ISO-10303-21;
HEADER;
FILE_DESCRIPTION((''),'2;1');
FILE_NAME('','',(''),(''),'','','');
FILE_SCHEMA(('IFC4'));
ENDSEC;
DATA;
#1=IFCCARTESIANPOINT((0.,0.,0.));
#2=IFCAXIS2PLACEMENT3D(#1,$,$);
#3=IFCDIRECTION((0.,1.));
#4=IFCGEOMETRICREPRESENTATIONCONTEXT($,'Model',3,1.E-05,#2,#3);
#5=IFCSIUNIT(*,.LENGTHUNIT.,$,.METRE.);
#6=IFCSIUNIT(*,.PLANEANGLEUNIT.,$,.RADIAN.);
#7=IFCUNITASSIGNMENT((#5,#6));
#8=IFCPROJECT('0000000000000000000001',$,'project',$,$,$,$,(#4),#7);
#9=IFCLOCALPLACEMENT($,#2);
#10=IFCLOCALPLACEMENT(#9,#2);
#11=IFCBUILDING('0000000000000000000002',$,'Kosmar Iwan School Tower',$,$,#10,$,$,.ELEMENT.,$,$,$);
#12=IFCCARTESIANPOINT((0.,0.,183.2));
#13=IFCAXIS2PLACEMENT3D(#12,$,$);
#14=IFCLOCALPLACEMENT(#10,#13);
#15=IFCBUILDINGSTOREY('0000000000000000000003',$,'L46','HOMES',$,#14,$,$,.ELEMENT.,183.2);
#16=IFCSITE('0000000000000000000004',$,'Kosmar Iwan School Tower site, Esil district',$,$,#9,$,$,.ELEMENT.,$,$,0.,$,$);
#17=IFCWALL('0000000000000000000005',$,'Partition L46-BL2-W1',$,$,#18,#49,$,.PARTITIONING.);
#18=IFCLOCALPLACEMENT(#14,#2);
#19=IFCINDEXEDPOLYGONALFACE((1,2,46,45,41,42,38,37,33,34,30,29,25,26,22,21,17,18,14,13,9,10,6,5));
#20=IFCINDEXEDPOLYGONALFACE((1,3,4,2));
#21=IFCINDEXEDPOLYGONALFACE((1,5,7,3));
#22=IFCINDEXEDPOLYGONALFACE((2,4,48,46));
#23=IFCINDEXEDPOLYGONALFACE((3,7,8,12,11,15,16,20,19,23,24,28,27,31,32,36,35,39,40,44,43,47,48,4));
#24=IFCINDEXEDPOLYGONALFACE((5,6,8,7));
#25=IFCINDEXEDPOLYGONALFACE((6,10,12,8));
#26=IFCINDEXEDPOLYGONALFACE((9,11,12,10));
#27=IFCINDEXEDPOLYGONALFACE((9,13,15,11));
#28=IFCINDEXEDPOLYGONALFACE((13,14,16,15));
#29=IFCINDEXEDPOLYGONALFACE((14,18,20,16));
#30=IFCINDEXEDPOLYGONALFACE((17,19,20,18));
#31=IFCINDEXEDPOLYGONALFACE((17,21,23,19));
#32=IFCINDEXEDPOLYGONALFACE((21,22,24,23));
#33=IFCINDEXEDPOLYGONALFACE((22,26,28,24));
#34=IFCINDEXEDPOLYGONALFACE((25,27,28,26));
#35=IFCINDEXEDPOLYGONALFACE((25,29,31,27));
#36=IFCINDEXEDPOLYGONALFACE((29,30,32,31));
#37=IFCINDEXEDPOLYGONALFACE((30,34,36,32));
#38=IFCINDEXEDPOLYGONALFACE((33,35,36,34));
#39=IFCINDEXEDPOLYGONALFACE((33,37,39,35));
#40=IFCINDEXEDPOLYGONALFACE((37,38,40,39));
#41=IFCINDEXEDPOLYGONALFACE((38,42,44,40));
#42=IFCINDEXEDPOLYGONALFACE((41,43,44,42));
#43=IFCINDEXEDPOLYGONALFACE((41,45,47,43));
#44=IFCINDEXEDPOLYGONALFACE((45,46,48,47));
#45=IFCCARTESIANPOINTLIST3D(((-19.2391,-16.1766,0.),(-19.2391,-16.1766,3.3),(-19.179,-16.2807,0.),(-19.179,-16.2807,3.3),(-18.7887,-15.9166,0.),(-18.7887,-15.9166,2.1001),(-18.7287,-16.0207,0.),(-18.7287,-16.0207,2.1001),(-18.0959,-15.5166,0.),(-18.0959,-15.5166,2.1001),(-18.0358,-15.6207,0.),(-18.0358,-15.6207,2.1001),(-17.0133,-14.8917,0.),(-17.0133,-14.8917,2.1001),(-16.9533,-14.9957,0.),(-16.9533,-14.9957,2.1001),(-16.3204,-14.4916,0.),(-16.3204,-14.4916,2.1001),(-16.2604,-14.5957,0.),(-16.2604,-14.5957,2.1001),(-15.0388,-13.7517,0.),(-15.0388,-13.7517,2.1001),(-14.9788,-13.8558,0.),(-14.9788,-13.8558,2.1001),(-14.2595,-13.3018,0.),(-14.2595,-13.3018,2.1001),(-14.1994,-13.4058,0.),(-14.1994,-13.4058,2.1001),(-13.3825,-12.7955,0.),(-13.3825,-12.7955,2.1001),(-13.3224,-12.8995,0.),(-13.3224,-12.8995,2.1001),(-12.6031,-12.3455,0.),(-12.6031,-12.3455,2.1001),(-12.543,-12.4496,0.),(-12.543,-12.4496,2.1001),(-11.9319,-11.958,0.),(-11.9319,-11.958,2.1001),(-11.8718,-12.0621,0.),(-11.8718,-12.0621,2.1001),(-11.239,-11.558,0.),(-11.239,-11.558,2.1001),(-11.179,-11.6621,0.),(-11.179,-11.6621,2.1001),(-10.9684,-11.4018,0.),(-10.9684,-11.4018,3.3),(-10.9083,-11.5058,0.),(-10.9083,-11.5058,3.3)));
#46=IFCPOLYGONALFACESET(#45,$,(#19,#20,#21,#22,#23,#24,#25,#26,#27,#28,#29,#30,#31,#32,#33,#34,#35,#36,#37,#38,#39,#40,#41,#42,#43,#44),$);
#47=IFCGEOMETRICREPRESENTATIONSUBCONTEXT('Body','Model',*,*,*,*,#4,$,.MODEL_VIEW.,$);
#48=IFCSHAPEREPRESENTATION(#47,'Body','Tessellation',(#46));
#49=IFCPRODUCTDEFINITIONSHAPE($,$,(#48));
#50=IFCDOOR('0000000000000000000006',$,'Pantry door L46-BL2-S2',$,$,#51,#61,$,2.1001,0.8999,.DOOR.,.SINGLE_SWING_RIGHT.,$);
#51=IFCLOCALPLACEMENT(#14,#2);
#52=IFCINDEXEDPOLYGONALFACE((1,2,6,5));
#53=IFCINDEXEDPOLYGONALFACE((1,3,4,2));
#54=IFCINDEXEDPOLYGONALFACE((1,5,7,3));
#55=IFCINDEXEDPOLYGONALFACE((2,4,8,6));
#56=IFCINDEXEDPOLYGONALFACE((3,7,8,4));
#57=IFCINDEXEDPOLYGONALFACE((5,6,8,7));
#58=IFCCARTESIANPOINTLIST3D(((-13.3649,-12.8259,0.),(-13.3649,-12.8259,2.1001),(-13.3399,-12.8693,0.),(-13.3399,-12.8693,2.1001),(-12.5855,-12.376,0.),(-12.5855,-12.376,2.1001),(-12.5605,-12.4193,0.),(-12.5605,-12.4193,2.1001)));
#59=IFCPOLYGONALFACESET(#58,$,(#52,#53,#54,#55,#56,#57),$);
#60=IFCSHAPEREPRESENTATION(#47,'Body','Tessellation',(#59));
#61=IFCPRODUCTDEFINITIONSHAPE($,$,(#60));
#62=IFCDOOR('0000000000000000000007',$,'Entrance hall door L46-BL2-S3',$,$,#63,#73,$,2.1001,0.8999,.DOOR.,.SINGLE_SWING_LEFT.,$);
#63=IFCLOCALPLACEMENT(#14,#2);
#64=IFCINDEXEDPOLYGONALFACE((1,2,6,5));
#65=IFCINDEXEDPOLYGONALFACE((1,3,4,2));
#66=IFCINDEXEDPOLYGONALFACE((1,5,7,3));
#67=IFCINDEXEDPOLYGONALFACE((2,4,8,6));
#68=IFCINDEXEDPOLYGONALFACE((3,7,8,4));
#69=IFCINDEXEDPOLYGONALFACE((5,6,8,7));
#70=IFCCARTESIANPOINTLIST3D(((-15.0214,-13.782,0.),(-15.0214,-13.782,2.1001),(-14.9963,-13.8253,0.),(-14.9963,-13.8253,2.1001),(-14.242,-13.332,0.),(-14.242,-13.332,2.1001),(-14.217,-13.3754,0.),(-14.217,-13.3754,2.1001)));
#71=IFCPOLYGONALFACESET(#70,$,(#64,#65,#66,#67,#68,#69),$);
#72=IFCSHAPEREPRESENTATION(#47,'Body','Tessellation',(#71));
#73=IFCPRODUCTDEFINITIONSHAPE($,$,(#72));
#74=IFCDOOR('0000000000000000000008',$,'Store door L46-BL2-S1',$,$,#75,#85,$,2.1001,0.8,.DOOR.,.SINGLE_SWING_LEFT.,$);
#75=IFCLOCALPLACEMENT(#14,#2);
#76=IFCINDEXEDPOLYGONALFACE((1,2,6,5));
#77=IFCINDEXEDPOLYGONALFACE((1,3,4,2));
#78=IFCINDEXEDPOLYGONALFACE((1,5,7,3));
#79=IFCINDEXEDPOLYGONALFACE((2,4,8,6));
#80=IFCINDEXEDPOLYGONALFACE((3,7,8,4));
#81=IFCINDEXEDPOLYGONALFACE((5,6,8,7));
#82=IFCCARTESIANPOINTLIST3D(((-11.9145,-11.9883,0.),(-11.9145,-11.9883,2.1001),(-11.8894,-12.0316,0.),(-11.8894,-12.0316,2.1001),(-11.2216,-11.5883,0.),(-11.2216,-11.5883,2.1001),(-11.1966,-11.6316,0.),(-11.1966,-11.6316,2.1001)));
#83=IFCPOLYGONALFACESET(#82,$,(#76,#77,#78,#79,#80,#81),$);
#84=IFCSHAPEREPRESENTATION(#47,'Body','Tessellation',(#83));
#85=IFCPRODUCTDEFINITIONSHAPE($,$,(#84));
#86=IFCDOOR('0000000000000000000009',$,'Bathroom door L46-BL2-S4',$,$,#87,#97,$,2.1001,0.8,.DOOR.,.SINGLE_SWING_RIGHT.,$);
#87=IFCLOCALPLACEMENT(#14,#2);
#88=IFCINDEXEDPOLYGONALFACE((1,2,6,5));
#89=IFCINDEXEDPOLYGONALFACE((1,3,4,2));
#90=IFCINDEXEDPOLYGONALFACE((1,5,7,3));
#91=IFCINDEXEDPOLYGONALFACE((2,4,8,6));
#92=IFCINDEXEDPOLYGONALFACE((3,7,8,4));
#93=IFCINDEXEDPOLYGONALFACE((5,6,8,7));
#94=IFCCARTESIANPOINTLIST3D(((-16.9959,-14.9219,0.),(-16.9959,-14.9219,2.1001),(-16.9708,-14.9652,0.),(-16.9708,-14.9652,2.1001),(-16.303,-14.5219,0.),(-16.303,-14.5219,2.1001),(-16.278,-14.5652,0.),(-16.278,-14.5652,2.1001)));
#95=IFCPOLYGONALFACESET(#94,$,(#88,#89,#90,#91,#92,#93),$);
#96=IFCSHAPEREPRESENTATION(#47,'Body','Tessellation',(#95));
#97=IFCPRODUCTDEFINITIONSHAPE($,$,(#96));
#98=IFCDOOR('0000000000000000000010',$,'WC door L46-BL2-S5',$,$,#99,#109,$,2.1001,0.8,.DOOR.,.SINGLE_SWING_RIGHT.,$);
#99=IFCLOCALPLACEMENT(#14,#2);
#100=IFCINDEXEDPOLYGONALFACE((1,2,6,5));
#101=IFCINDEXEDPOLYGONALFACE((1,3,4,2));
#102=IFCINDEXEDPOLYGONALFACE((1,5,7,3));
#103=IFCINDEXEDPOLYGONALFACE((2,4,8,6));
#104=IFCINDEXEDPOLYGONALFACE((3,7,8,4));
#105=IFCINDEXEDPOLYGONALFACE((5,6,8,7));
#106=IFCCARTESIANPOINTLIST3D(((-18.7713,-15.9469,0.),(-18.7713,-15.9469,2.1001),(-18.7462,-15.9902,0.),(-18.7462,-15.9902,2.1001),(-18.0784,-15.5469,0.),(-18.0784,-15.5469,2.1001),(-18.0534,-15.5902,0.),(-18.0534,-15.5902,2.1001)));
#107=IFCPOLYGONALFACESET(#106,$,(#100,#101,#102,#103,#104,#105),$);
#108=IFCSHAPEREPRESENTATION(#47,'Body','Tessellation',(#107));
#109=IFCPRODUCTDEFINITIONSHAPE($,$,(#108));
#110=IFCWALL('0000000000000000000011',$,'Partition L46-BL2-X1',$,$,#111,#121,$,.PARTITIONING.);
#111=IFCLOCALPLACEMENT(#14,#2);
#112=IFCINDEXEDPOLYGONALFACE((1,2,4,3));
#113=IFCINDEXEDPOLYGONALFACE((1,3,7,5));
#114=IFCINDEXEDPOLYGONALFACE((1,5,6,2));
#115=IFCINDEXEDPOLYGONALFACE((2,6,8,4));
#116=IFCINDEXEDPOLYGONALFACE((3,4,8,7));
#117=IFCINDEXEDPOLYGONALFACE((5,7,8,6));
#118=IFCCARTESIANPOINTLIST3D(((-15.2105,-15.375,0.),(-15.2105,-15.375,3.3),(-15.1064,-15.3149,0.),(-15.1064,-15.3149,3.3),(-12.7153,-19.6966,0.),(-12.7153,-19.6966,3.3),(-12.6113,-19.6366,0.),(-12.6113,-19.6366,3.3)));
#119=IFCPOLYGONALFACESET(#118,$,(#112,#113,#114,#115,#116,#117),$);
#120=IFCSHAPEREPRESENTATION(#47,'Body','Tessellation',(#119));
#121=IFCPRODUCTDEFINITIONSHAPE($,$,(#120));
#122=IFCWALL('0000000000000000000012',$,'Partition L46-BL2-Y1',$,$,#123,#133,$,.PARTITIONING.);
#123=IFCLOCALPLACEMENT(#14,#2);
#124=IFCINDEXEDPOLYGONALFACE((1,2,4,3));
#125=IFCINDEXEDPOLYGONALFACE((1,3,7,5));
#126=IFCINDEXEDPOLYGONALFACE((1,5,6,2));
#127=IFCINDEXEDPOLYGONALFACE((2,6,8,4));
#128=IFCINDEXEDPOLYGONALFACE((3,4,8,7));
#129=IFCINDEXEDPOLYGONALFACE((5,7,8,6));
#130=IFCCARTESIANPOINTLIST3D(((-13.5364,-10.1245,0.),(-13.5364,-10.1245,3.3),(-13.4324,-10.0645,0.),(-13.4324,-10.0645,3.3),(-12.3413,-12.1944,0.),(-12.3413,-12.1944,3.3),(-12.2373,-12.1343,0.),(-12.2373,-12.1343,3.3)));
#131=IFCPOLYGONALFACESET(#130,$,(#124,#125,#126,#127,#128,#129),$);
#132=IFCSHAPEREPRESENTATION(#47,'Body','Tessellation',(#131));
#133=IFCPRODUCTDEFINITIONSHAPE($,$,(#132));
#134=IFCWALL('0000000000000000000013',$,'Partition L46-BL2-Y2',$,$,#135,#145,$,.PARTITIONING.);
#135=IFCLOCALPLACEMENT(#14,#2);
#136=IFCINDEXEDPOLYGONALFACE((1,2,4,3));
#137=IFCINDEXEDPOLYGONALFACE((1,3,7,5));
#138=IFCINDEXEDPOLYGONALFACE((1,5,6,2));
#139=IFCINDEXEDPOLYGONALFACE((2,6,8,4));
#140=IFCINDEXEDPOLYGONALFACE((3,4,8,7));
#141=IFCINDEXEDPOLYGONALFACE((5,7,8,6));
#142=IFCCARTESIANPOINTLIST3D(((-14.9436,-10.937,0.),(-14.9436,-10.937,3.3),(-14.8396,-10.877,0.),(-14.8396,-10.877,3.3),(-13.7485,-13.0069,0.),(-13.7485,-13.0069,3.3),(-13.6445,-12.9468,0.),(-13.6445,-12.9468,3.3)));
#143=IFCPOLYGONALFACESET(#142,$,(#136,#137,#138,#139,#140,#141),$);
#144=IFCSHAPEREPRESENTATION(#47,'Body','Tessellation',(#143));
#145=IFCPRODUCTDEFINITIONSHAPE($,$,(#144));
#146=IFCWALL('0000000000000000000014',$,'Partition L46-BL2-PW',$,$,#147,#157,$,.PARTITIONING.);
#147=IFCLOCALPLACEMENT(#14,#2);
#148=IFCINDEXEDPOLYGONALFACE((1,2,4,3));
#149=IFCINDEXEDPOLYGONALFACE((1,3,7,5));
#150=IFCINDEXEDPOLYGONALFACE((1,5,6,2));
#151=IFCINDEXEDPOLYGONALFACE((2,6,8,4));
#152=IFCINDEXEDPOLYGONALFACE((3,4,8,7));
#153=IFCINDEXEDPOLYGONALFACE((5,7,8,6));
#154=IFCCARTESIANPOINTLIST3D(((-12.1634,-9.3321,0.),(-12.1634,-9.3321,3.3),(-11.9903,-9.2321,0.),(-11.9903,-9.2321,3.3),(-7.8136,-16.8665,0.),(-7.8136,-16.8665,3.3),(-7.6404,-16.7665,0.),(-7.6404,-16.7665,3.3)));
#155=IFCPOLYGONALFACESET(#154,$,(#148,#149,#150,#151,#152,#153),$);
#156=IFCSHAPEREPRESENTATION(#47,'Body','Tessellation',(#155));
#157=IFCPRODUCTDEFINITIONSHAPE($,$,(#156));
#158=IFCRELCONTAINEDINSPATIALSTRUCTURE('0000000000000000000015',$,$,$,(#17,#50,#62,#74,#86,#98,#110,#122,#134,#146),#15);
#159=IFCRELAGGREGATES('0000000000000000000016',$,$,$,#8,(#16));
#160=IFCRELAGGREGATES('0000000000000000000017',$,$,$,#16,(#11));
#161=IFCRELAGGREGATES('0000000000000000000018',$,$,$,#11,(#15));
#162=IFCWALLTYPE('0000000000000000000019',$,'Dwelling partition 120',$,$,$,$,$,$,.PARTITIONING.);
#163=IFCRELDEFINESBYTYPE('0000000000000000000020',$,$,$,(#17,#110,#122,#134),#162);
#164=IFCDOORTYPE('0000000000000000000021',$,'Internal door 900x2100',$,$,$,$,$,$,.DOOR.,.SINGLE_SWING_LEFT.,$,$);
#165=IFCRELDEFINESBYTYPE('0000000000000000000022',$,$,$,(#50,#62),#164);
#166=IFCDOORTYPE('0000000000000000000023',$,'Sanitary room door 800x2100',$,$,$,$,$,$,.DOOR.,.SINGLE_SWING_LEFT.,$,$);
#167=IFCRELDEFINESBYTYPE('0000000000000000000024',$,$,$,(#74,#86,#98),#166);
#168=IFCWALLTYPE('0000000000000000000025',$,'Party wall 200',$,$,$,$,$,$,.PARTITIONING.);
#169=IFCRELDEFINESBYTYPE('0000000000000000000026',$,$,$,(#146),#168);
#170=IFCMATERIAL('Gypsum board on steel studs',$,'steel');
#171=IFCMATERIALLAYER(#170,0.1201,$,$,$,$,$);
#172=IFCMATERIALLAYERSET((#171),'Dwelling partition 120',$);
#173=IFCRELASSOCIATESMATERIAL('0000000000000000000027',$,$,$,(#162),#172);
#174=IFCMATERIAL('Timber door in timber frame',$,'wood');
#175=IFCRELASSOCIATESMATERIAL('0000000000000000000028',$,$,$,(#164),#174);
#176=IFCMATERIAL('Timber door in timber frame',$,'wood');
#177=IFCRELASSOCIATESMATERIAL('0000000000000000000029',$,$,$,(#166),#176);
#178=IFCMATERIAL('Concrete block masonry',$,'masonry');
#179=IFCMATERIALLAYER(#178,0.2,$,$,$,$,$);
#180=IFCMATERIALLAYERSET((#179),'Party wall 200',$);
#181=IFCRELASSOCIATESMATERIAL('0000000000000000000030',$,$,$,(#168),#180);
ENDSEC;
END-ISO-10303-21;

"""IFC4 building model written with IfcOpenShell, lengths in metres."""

from ifc_helpers import new_model, si_unit, direction, frame, frame_2d, origin, place, context, subcontext, project, spatial, rectangle, extrude, material, layer, layer_set, type_object, element, fill, save


model = new_model("IFC4")

# Units and contexts
model_context = context("Model", 3, precision=1e-05, world=origin(), true_north=direction((0.0, 1.0)))
body_context = subcontext(model_context, "Body", "Model", "MODEL_VIEW")
ifc_project = project(units=[si_unit("LENGTHUNIT", "METRE"), si_unit("PLANEANGLEUNIT", "RADIAN")], contexts=[model_context])

# Site, building, storey
site_placement = place(None, origin())
site = spatial("IfcSite", under=ifc_project, at=site_placement, Name="Kosmar Iwan School Tower site, Esil district", CompositionType="ELEMENT", RefElevation=0.0)
building_placement = place(site_placement, origin())
building = spatial("IfcBuilding", under=site, at=building_placement, Name="Kosmar Iwan School Tower", CompositionType="ELEMENT")
storey_placement = place(building_placement, frame((0.0, 0.0, 183.2)))
storey = spatial("IfcBuildingStorey", under=building, at=storey_placement, Name="L46", Description="HOMES", CompositionType="ELEMENT", Elevation=183.2)

# Wall, openings, doors
ifc_material_1 = material(Name="Gypsum board on steel studs", Category="steel")
ifc_layer_1 = layer(ifc_material_1, 0.1201)
ifc_layer_set_1 = layer_set([ifc_layer_1], Name="Dwelling partition 120")
wall_type_1 = type_object("IfcWallType", Name="Dwelling partition 120", PredefinedType="PARTITIONING", material=ifc_layer_set_1)
wall_1_placement = place(storey_placement, frame((-10.9385, -11.4539, 0.0), z_axis=(0.0, 0.0, 1.0), x_axis=(-0.866035, -0.499983, 0.0)))
wall_1 = element("IfcWall", 1, at=wall_1_placement, inside=storey, type_object=wall_type_1, Name="Partition L46-BL2-W1", PredefinedType="PARTITIONING", context=body_context, shape_type="SweptSolid", body=[
    extrude(rectangle(XDim=9.55, YDim=0.1201, at=frame_2d((4.7749, 0.0))), origin(), (0.0, 0.0, 1.0), 3.3),
])
opening_1_placement = place(wall_1_placement, frame((0.3125, 0.0, 0.0)))
opening_1 = element("IfcOpeningElement", 2, at=opening_1_placement, cuts=wall_1, PredefinedType="OPENING", context=body_context, shape_type="SweptSolid", body=[
    extrude(rectangle(XDim=0.8, YDim=2.1001, at=frame_2d((0.3999, 1.05))), frame((0.0, 0.072, 0.0), z_axis=(0.0, -1.0, 0.0), x_axis=(1.0, 0.0, 0.0)), (0.0, 0.0, 1.0), 0.144),
])
opening_2_placement = place(wall_1_placement, frame((1.8875, 0.0, 0.0)))
opening_2 = element("IfcOpeningElement", 3, at=opening_2_placement, cuts=wall_1, PredefinedType="OPENING", context=body_context, shape_type="SweptSolid", body=[
    extrude(rectangle(XDim=0.8999, YDim=2.1001, at=frame_2d((0.45, 1.05))), frame((0.0, 0.072, 0.0), z_axis=(0.0, -1.0, 0.0), x_axis=(1.0, 0.0, 0.0)), (0.0, 0.0, 1.0), 0.144),
])
opening_3_placement = place(wall_1_placement, frame((3.8, 0.0, 0.0)))
opening_3 = element("IfcOpeningElement", 4, at=opening_3_placement, cuts=wall_1, PredefinedType="OPENING", context=body_context, shape_type="SweptSolid", body=[
    extrude(rectangle(XDim=0.8999, YDim=2.1001, at=frame_2d((0.45, 1.05))), frame((0.0, 0.072, 0.0), z_axis=(0.0, -1.0, 0.0), x_axis=(1.0, 0.0, 0.0)), (0.0, 0.0, 1.0), 0.144),
])
opening_4_placement = place(wall_1_placement, frame((6.1799, 0.0, 0.0)))
opening_4 = element("IfcOpeningElement", 5, at=opening_4_placement, cuts=wall_1, PredefinedType="OPENING", context=body_context, shape_type="SweptSolid", body=[
    extrude(rectangle(XDim=0.8, YDim=2.1001, at=frame_2d((0.3999, 1.05))), frame((0.0, 0.072, 0.0), z_axis=(0.0, -1.0, 0.0), x_axis=(1.0, 0.0, 0.0)), (0.0, 0.0, 1.0), 0.144),
])
opening_5_placement = place(wall_1_placement, frame((8.23, 0.0, 0.0)))
opening_5 = element("IfcOpeningElement", 6, at=opening_5_placement, cuts=wall_1, PredefinedType="OPENING", context=body_context, shape_type="SweptSolid", body=[
    extrude(rectangle(XDim=0.8, YDim=2.1001, at=frame_2d((0.3999, 1.05))), frame((0.0, 0.072, 0.0), z_axis=(0.0, -1.0, 0.0), x_axis=(1.0, 0.0, 0.0)), (0.0, 0.0, 1.0), 0.144),
])
ifc_material_2 = material(Name="Timber door in timber frame", Category="wood")
door_type_1 = type_object("IfcDoorType", Name="Internal door 900x2100", OperationType="SINGLE_SWING_LEFT", PredefinedType="DOOR", material=ifc_material_2)
door_1_placement = place(opening_2_placement, frame((0.8999, 0.0, 0.0), z_axis=(0.0, 0.0, 1.0), x_axis=(-1.0, 0.0, 0.0)))
door_1 = element("IfcDoor", 7, at=door_1_placement, inside=storey, type_object=door_type_1, Name="Pantry door L46-BL2-S2", OperationType="SINGLE_SWING_RIGHT", OverallHeight=2.1001, OverallWidth=0.8999, PredefinedType="DOOR", context=body_context, shape_type="SweptSolid", body=[
    extrude(rectangle(XDim=0.8999, YDim=2.1001, at=frame_2d((0.45, 1.05))), frame((0.0, 0.0249, 0.0), z_axis=(0.0, -1.0, 0.0), x_axis=(1.0, 0.0, 0.0)), (0.0, 0.0, 1.0), 0.05),
])
fill(opening_2, door_1)
door_2_placement = place(opening_3_placement, origin())
door_2 = element("IfcDoor", 8, at=door_2_placement, inside=storey, type_object=door_type_1, Name="Entrance hall door L46-BL2-S3", OperationType="SINGLE_SWING_LEFT", OverallHeight=2.1001, OverallWidth=0.8999, PredefinedType="DOOR", context=body_context, shape_type="SweptSolid", body=[
    extrude(rectangle(XDim=0.8999, YDim=2.1001, at=frame_2d((0.45, 1.05))), frame((0.0, 0.0249, 0.0), z_axis=(0.0, -1.0, 0.0), x_axis=(1.0, 0.0, 0.0)), (0.0, 0.0, 1.0), 0.05),
])
fill(opening_3, door_2)
ifc_material_3 = material(Name="Timber door in timber frame", Category="wood")
door_type_2 = type_object("IfcDoorType", Name="Sanitary room door 800x2100", OperationType="SINGLE_SWING_LEFT", PredefinedType="DOOR", material=ifc_material_3)
door_3_placement = place(opening_1_placement, origin())
door_3 = element("IfcDoor", 9, at=door_3_placement, inside=storey, type_object=door_type_2, Name="Store door L46-BL2-S1", OperationType="SINGLE_SWING_LEFT", OverallHeight=2.1001, OverallWidth=0.8, PredefinedType="DOOR", context=body_context, shape_type="SweptSolid", body=[
    extrude(rectangle(XDim=0.8, YDim=2.1001, at=frame_2d((0.3999, 1.05))), frame((0.0, 0.0249, 0.0), z_axis=(0.0, -1.0, 0.0), x_axis=(1.0, 0.0, 0.0)), (0.0, 0.0, 1.0), 0.05),
])
fill(opening_1, door_3)
door_4_placement = place(opening_4_placement, origin())
door_4 = element("IfcDoor", 10, at=door_4_placement, inside=storey, type_object=door_type_2, Name="Bathroom door L46-BL2-S4", OperationType="SINGLE_SWING_RIGHT", OverallHeight=2.1001, OverallWidth=0.8, PredefinedType="DOOR", context=body_context, shape_type="SweptSolid", body=[
    extrude(rectangle(XDim=0.8, YDim=2.1001, at=frame_2d((0.3999, 1.05))), frame((0.0, 0.0249, 0.0), z_axis=(0.0, -1.0, 0.0), x_axis=(1.0, 0.0, 0.0)), (0.0, 0.0, 1.0), 0.05),
])
fill(opening_4, door_4)
door_5_placement = place(opening_5_placement, origin())
door_5 = element("IfcDoor", 11, at=door_5_placement, inside=storey, type_object=door_type_2, Name="WC door L46-BL2-S5", OperationType="SINGLE_SWING_RIGHT", OverallHeight=2.1001, OverallWidth=0.8, PredefinedType="DOOR", context=body_context, shape_type="SweptSolid", body=[
    extrude(rectangle(XDim=0.8, YDim=2.1001, at=frame_2d((0.3999, 1.05))), frame((0.0, 0.0249, 0.0), z_axis=(0.0, -1.0, 0.0), x_axis=(1.0, 0.0, 0.0)), (0.0, 0.0, 1.0), 0.05),
])
fill(opening_5, door_5)

# Walls
wall_2_placement = place(storey_placement, frame((-15.1584, -15.345, 0.0), z_axis=(0.0, 0.0, 1.0), x_axis=(0.500012, -0.866019, 0.0)))
element("IfcWall", 12, at=wall_2_placement, inside=storey, type_object=wall_type_1, Name="Partition L46-BL2-X1", PredefinedType="PARTITIONING", context=body_context, shape_type="SweptSolid", body=[
    extrude(rectangle(XDim=4.9902, YDim=0.1201, at=frame_2d((2.4951, 0.0))), origin(), (0.0, 0.0, 1.0), 3.3),
])
for number, where, z_axis, x_axis, name in (
    (13, (-13.4844, -10.0945, 0.0), (0.0, 0.0, 1.0), (0.500017, -0.866015, 0.0), "Partition L46-BL2-Y1"),
    (14, (-14.8916, -10.907, 0.0), (0.0, 0.0, 1.0), (0.500017, -0.866015, 0.0), "Partition L46-BL2-Y2"),
):
    element("IfcWall", number, at=place(storey_placement, frame(where, z_axis=z_axis, x_axis=x_axis)), inside=storey, type_object=wall_type_1, Name=name, PredefinedType="PARTITIONING", context=body_context, shape_type="SweptSolid", body=[
        extrude(rectangle(XDim=2.3901, YDim=0.1201, at=frame_2d((1.1951, 0.0))), origin(), (0.0, 0.0, 1.0), 3.3),
    ])
ifc_material_4 = material(Name="Concrete block masonry", Category="masonry")
ifc_layer_2 = layer(ifc_material_4, 0.2)
ifc_layer_set_2 = layer_set([ifc_layer_2], Name="Party wall 200")
wall_type_2 = type_object("IfcWallType", Name="Party wall 200", PredefinedType="PARTITIONING", material=ifc_layer_set_2)
wall_3_placement = place(storey_placement, frame((-12.0769, -9.282, 0.0), z_axis=(0.0, 0.0, 1.0), x_axis=(0.499987, -0.866033, 0.0)))
element("IfcWall", 15, at=wall_3_placement, inside=storey, type_object=wall_type_2, Name="Partition L46-BL2-PW", PredefinedType="PARTITIONING", context=body_context, shape_type="SweptSolid", body=[
    extrude(rectangle(XDim=8.7, YDim=0.2, at=frame_2d((4.3501, 0.0))), origin(), (0.0, 0.0, 1.0), 3.3),
])

save(model, "model.ifc")
